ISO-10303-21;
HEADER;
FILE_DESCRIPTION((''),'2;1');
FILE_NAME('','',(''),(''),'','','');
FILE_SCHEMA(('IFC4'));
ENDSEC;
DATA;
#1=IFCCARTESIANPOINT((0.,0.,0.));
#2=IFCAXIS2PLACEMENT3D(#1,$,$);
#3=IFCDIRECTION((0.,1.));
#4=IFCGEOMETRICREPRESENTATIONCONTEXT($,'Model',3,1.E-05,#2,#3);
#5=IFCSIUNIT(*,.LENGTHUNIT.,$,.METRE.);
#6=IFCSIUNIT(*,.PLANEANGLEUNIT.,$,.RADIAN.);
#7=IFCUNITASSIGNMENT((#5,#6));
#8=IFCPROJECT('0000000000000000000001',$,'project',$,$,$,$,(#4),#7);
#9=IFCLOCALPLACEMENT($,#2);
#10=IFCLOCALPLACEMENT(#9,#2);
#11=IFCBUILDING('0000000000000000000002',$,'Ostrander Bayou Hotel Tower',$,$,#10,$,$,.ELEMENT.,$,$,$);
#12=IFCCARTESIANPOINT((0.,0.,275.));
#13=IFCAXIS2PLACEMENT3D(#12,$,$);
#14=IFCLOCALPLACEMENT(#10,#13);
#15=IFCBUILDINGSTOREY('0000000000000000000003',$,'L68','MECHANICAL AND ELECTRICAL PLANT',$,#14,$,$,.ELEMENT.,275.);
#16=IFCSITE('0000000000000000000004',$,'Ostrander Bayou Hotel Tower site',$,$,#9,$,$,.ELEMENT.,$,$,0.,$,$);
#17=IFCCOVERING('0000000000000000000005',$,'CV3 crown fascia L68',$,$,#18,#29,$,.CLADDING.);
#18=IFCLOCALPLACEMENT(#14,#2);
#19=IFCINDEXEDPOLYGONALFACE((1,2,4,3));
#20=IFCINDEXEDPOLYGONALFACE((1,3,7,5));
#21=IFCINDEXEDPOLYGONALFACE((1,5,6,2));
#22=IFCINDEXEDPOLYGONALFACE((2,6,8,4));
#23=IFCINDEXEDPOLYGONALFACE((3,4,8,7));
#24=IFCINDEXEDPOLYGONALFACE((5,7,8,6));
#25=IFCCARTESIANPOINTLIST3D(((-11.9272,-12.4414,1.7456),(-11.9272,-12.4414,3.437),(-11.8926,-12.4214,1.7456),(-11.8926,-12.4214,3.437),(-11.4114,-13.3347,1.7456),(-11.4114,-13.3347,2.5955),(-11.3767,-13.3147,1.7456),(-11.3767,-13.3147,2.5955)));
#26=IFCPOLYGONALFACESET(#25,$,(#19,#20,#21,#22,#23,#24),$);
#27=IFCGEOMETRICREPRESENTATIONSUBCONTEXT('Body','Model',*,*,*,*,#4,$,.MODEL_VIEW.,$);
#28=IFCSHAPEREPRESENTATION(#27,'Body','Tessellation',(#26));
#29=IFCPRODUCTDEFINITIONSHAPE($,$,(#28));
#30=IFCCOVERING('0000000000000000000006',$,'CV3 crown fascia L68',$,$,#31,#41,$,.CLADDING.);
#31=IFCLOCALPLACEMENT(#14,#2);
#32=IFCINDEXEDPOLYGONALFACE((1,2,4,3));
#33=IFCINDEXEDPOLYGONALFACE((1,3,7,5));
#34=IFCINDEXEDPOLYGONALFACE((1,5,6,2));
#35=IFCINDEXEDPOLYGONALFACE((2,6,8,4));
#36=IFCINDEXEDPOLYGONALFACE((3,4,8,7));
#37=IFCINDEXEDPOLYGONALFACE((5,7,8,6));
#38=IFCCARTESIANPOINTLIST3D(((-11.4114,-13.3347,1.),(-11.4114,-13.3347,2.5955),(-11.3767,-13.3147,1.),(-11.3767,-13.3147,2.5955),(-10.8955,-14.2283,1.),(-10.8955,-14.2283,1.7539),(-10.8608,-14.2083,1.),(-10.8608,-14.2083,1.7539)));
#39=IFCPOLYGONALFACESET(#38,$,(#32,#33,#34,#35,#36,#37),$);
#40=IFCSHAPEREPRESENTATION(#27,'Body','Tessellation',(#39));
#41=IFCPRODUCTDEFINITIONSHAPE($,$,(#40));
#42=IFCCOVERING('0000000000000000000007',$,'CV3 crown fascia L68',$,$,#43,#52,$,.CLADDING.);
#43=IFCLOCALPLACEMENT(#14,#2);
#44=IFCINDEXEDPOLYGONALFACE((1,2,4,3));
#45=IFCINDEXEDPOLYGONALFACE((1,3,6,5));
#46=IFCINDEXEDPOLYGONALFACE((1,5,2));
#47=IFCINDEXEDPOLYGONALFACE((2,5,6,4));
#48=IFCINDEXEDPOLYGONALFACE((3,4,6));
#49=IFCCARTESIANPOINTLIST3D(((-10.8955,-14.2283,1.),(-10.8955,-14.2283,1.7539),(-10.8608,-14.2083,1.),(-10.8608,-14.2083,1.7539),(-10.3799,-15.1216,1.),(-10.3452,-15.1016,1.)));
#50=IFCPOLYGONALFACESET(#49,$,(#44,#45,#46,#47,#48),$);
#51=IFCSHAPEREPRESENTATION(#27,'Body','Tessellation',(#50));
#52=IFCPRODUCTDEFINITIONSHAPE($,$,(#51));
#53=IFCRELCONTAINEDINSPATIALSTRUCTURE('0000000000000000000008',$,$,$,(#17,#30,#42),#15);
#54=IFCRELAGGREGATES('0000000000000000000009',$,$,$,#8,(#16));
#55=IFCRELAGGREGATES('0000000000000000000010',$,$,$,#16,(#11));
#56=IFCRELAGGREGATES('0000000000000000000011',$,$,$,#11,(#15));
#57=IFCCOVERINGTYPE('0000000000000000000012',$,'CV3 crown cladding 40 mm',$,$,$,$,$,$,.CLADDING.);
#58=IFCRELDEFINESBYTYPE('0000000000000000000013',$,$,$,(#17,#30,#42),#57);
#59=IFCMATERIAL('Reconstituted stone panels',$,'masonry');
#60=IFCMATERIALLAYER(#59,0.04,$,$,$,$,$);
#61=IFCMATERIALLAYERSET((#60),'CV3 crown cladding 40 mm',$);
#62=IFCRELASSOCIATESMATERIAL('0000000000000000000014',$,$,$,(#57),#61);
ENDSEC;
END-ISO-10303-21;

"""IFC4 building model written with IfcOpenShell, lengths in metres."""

from ifc_helpers import new_model, si_unit, direction, frame, origin, place, context, subcontext, project, spatial, polyline, outline, extrude, material, layer, layer_set, type_object, element, save


model = new_model("IFC4")

# Units and contexts
model_context = context("Model", 3, precision=1e-05, world=origin(), true_north=direction((0.0, 1.0)))
body_context = subcontext(model_context, "Body", "Model", "MODEL_VIEW")
ifc_project = project(units=[si_unit("LENGTHUNIT", "METRE"), si_unit("PLANEANGLEUNIT", "RADIAN")], contexts=[model_context])

# Site, building, storey
site_placement = place(None, origin())
site = spatial("IfcSite", under=ifc_project, at=site_placement, Name="Ostrander Bayou Hotel Tower site", CompositionType="ELEMENT", RefElevation=0.0)
building_placement = place(site_placement, origin())
building = spatial("IfcBuilding", under=site, at=building_placement, Name="Ostrander Bayou Hotel Tower", CompositionType="ELEMENT")
storey_placement = place(building_placement, frame((0.0, 0.0, 275.0)))
storey = spatial("IfcBuildingStorey", under=building, at=storey_placement, Name="L68", Description="MECHANICAL AND ELECTRICAL PLANT", CompositionType="ELEMENT", Elevation=275.0)

# Coverings
ifc_material_1 = material(Name="Reconstituted stone panels", Category="masonry")
ifc_layer_1 = layer(ifc_material_1, 0.04)
ifc_layer_set_1 = layer_set([ifc_layer_1], Name="CV3 crown cladding 40 mm")
covering_type = type_object("IfcCoveringType", Name="CV3 crown cladding 40 mm", PredefinedType="CLADDING", material=ifc_layer_set_1)
covering_1_placement = place(storey_placement, frame((-11.9272, -12.4414, 1.7456), z_axis=(-0.865977, -0.500084, 0.0), x_axis=(0.500084, -0.865977, 0.0)))
element("IfcCovering", 1, at=covering_1_placement, inside=storey, type_object=covering_type, Name="CV3 crown fascia L68", PredefinedType="CLADDING", context=body_context, shape_type="SweptSolid", body=[
    extrude(outline(polyline([(0.0, 0.0), (1.0316, 0.0), (1.0316, 0.8499), (0.0, 1.6914), (0.0, 0.0)])), origin(), (0.0, 0.0, -1.0), 0.04),
])
covering_2_placement = place(storey_placement, frame((-11.4114, -13.3347, 1.0), z_axis=(-0.866036, -0.499982, 0.0), x_axis=(0.499982, -0.866036, 0.0)))
element("IfcCovering", 2, at=covering_2_placement, inside=storey, type_object=covering_type, Name="CV3 crown fascia L68", PredefinedType="CLADDING", context=body_context, shape_type="SweptSolid", body=[
    extrude(outline(polyline([(0.0, 0.0), (1.0318, 0.0), (1.0318, 0.7539), (0.0, 1.5955), (0.0, 0.0)])), origin(), (0.0, 0.0, -1.0), 0.04),
])
covering_3_placement = place(storey_placement, frame((-10.8955, -14.2283, 1.0), z_axis=(-0.866079, -0.499907, 0.0), x_axis=(0.499907, -0.866079, 0.0)))
element("IfcCovering", 3, at=covering_3_placement, inside=storey, type_object=covering_type, Name="CV3 crown fascia L68", PredefinedType="CLADDING", context=body_context, shape_type="SweptSolid", body=[
    extrude(outline(polyline([(0.0, 0.0), (1.0314, 0.0), (0.0, 0.7539), (0.0, 0.0)])), origin(), (0.0, 0.0, -1.0), 0.04),
])

save(model, "model.ifc")
